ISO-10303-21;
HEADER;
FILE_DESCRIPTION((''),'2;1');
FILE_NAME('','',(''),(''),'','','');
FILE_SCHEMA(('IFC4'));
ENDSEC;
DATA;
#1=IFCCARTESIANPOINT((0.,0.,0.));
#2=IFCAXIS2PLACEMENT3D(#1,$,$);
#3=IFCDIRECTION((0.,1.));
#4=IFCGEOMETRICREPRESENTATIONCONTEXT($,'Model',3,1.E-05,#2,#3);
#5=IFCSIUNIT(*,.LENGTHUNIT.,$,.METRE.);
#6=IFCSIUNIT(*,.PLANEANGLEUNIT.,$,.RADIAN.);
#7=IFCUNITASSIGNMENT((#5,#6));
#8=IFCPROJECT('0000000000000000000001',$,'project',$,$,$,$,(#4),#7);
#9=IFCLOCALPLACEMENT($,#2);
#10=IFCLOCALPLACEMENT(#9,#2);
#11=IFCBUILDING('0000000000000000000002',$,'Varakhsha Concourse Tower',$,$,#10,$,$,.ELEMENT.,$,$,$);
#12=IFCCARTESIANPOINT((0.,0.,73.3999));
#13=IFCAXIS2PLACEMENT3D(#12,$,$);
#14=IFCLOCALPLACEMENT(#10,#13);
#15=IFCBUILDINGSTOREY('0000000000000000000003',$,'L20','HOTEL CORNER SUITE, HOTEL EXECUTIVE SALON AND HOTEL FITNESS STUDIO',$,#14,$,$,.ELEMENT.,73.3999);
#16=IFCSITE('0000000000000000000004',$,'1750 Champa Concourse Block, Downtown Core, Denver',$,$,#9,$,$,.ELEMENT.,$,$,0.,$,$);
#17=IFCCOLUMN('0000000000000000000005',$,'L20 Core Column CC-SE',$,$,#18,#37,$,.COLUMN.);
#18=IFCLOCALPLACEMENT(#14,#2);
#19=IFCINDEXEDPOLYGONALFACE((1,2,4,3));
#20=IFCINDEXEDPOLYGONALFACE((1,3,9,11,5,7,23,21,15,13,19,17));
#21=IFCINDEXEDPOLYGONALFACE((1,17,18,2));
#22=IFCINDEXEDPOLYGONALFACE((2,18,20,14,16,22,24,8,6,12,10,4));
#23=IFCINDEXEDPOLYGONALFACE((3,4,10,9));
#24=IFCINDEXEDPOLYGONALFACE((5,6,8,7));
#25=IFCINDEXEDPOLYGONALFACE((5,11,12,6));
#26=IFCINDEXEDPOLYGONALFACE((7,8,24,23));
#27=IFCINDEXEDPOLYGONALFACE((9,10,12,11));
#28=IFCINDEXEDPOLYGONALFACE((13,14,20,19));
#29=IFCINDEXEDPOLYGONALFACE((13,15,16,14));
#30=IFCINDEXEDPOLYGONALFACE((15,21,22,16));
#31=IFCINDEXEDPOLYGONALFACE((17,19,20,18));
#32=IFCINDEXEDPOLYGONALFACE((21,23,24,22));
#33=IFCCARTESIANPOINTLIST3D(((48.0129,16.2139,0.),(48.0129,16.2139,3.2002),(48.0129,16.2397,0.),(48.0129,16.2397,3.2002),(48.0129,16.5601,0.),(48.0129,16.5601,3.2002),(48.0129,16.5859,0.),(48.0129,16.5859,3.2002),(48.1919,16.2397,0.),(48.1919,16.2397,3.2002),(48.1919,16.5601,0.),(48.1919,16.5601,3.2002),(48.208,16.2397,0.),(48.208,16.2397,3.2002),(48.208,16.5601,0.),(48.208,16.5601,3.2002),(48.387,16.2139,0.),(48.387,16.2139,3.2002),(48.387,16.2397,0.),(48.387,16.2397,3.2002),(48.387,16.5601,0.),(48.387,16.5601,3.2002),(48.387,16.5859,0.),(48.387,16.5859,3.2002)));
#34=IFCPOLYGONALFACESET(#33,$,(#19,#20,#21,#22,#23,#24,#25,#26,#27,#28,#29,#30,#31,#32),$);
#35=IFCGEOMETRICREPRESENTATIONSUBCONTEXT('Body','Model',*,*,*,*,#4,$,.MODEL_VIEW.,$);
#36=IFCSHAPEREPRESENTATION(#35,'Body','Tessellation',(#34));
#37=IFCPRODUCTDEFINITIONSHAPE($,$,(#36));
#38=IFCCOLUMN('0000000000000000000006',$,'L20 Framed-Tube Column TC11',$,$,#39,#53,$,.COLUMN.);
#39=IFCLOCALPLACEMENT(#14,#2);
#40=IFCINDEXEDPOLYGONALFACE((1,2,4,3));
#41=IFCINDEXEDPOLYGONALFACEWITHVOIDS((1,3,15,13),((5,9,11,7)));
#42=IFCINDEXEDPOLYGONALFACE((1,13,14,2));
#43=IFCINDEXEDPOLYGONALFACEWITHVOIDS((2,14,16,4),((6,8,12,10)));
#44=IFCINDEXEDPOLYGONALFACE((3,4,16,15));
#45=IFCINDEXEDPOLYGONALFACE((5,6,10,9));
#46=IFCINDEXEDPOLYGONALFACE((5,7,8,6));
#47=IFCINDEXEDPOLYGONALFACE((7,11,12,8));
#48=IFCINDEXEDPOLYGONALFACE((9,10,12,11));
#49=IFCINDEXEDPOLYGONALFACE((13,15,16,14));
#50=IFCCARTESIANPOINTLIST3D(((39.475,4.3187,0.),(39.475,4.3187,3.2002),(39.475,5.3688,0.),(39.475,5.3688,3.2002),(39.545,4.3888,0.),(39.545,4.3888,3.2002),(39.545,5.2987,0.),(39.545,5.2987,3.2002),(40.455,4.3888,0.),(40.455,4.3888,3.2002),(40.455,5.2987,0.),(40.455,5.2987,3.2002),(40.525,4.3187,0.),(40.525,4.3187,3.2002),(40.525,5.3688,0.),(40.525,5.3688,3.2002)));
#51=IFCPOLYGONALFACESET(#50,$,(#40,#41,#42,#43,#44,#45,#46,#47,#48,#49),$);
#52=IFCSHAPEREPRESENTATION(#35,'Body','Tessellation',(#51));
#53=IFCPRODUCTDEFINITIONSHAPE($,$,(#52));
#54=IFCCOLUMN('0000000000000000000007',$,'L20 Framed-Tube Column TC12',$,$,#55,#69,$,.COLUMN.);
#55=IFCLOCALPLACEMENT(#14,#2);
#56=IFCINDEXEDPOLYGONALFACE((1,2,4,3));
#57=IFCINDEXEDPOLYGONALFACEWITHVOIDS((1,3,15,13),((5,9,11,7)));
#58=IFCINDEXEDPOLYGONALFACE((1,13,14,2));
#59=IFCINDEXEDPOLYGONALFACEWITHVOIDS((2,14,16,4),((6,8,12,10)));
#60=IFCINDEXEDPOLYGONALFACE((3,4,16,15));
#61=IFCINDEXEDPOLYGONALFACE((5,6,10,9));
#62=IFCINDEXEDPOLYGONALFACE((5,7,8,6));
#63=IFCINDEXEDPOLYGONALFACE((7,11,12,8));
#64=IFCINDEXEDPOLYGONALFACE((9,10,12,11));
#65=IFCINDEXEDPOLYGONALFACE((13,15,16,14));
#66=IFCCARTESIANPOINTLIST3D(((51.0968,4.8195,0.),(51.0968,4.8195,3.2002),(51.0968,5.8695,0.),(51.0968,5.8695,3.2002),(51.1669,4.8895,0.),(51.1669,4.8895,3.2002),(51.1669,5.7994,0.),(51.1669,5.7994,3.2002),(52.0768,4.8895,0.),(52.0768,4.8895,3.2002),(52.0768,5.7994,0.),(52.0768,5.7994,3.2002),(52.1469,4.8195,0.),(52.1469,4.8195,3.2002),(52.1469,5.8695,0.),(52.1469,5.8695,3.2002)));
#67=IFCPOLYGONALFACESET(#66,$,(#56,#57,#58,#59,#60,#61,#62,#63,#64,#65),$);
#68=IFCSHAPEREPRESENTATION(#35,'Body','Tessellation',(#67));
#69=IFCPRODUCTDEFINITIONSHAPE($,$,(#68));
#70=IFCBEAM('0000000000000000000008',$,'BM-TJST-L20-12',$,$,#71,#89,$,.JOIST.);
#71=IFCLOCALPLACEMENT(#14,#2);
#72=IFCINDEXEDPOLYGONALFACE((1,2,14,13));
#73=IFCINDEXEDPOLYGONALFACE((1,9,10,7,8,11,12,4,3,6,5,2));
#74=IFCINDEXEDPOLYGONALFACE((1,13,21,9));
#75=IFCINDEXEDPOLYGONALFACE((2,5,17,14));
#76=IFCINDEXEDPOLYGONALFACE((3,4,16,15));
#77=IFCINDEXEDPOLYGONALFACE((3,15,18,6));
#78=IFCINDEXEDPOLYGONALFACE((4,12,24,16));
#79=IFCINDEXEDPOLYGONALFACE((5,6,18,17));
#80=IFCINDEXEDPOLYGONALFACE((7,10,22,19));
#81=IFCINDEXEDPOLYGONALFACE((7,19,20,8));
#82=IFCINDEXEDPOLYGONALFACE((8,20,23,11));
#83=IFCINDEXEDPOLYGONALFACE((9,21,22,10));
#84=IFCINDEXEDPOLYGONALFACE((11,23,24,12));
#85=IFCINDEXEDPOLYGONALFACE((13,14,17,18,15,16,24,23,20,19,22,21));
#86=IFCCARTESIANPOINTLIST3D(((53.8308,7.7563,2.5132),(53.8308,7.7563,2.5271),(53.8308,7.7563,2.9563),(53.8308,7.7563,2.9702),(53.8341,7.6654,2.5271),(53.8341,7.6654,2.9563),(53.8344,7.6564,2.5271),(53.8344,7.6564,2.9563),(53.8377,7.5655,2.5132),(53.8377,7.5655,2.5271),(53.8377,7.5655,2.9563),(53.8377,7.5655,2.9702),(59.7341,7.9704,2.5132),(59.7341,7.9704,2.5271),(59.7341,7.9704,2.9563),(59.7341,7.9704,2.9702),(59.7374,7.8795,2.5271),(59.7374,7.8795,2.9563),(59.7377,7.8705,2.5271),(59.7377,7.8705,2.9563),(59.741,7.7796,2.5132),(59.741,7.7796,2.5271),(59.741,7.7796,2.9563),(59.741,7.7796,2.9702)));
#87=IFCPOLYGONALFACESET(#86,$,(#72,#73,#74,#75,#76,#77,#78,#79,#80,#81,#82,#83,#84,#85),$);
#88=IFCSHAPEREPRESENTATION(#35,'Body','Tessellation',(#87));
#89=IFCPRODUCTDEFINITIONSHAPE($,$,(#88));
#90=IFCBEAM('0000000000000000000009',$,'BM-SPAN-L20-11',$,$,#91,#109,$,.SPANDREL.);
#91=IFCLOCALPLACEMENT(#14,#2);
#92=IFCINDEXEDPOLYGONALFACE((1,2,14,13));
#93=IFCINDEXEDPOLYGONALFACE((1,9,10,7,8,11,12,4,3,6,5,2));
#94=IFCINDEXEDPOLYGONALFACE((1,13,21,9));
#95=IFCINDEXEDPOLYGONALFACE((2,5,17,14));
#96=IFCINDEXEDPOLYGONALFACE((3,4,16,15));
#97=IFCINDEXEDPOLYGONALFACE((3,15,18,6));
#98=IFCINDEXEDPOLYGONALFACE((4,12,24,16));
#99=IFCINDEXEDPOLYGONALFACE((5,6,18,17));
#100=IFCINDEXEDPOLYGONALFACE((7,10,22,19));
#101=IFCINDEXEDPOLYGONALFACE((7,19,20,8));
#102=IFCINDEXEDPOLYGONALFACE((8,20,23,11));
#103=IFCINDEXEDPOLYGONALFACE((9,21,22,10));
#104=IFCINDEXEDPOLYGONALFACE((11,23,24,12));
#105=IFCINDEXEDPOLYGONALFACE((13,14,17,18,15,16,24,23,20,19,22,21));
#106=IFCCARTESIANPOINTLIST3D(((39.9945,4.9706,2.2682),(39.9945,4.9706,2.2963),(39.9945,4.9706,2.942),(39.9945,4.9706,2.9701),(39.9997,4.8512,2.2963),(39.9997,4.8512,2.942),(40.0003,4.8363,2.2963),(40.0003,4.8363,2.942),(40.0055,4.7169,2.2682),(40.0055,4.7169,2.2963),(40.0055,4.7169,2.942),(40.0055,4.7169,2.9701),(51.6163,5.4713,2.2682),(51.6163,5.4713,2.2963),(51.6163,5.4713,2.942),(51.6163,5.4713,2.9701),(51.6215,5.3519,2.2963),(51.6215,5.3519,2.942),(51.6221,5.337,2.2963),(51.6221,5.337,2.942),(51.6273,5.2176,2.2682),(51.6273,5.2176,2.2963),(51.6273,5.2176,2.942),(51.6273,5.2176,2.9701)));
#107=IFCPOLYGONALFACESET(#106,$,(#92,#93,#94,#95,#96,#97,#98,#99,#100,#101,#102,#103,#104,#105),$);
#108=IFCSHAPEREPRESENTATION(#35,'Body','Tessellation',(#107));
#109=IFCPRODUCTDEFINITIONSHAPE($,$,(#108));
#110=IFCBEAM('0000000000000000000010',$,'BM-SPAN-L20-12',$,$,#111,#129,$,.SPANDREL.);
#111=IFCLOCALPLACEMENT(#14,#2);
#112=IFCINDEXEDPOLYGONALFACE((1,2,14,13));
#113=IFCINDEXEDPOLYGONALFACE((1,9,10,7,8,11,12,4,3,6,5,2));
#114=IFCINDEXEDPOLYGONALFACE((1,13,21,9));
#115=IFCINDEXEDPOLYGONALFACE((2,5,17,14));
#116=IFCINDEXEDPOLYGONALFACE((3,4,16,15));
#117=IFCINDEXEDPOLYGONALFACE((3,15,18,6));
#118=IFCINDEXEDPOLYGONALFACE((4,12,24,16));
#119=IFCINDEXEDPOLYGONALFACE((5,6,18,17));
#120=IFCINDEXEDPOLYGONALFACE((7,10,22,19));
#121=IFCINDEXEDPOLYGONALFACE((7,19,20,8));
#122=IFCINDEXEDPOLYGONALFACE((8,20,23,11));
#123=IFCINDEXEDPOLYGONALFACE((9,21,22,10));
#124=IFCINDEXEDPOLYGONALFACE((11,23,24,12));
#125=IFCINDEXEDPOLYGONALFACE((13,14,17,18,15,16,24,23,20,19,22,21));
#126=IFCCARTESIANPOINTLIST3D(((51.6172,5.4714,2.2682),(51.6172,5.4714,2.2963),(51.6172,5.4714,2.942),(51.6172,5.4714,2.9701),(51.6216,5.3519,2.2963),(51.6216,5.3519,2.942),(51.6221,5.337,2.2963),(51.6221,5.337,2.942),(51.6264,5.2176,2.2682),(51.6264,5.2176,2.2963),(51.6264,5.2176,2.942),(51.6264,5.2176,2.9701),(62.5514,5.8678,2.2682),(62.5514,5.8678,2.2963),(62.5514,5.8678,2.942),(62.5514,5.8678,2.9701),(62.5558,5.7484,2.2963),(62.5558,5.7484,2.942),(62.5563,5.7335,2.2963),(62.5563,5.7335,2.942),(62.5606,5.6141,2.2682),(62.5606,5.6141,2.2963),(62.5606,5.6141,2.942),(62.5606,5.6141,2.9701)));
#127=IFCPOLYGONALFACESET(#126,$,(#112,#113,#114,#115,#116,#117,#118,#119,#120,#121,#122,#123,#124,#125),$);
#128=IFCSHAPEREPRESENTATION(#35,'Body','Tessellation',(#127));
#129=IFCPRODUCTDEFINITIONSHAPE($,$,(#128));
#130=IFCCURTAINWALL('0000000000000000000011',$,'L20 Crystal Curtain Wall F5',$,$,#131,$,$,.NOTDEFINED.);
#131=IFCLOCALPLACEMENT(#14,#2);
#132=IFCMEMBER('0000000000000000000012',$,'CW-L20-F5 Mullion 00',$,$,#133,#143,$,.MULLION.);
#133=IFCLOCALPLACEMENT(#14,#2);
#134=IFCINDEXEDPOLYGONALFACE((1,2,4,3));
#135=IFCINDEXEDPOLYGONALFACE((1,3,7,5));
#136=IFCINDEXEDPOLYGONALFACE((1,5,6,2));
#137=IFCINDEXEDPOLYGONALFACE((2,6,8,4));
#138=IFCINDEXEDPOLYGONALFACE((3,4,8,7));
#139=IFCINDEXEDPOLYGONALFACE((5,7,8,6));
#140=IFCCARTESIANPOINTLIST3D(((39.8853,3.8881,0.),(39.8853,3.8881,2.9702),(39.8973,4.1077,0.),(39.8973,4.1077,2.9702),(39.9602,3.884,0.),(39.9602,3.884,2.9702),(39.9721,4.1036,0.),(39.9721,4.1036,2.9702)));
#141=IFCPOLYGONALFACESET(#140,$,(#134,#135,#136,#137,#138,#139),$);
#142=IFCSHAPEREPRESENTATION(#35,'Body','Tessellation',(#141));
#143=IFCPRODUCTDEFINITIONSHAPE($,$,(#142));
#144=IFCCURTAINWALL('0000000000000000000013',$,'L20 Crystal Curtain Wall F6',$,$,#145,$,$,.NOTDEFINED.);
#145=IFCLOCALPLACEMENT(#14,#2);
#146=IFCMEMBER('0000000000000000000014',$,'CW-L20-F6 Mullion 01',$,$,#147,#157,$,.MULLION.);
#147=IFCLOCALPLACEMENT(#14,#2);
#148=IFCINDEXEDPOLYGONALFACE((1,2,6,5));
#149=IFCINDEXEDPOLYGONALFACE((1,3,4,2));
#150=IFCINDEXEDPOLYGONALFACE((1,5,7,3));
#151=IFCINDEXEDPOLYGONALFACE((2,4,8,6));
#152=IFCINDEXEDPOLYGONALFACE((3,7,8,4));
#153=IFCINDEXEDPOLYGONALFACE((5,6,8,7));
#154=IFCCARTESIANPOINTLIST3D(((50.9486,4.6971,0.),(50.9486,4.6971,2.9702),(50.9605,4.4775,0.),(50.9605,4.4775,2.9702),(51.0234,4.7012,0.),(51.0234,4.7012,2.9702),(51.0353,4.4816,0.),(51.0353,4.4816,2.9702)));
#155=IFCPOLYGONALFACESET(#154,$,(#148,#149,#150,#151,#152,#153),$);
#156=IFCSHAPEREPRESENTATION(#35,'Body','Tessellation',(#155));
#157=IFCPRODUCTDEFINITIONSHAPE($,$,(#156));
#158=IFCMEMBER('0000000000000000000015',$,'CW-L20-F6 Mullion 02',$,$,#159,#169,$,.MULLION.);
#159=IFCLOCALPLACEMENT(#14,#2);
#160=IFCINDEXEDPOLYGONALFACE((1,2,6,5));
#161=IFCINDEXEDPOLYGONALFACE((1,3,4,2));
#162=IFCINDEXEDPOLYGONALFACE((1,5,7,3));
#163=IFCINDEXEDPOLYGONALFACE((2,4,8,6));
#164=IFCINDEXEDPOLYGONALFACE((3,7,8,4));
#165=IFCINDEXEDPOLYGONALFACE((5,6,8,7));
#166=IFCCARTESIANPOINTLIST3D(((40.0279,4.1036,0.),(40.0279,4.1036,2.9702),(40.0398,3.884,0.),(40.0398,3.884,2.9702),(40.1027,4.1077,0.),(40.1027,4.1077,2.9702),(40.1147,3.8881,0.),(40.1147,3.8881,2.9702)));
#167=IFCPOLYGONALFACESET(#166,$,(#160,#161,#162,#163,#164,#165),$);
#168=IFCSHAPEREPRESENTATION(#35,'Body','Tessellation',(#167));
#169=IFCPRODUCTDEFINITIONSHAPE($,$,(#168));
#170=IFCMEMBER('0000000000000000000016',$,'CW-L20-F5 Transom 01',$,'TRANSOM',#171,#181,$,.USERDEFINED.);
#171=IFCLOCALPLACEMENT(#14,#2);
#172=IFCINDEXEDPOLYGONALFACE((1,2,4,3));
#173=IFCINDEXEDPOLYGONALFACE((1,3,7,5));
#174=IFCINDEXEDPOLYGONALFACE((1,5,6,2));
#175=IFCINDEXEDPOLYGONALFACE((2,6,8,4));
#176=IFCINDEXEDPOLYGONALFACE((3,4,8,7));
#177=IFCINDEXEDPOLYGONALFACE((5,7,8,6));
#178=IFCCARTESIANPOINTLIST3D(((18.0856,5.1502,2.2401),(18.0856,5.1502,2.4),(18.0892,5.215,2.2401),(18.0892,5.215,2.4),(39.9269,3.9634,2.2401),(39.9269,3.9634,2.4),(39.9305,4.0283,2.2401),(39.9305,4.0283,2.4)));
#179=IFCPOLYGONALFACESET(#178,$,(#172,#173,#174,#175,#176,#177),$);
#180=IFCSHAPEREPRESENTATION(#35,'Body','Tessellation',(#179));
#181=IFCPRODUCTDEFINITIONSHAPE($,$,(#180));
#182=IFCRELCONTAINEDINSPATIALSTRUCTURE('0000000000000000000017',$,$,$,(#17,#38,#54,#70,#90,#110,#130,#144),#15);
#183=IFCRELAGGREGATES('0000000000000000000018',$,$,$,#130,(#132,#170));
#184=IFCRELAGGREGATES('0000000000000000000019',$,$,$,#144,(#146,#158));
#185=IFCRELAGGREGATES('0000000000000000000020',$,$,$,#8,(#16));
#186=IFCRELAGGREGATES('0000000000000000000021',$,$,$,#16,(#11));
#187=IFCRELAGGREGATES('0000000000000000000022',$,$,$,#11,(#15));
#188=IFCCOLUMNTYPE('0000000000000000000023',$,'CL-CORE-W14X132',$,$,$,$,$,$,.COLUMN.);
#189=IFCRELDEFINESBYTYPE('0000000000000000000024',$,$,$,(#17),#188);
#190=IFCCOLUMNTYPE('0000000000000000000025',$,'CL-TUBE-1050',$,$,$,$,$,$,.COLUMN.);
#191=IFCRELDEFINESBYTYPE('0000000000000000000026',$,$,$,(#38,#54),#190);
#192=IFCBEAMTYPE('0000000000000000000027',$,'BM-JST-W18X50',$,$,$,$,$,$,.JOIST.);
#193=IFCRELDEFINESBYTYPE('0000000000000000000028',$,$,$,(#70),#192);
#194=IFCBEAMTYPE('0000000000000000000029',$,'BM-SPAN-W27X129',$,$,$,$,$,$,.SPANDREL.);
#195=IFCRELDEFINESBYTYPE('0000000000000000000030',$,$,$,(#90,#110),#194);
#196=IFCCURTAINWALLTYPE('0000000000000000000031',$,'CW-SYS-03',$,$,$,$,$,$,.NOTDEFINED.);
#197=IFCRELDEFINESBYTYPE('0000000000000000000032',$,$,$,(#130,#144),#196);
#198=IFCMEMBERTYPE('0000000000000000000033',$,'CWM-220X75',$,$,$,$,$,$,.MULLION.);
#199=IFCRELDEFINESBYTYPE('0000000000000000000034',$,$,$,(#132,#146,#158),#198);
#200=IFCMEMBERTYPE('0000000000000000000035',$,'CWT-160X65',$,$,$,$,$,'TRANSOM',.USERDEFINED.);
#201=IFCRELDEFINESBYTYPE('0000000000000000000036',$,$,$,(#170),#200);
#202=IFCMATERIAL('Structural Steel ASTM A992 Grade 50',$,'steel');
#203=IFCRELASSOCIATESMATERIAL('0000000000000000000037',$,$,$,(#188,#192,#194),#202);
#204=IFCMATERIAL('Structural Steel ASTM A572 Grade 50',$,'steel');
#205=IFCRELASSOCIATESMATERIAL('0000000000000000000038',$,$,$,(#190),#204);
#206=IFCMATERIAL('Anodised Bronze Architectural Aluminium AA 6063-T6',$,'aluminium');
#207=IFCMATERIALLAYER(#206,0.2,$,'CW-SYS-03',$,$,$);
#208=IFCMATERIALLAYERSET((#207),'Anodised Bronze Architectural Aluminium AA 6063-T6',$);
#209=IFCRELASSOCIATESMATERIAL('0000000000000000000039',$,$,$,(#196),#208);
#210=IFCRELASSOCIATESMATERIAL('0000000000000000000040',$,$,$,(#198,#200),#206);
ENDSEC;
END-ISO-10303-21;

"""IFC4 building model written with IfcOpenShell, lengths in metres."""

from ifc_helpers import new_model, si_unit, direction, frame, origin, origin_2d, place, context, subcontext, project, spatial, rectangle, hollow_rectangle, i_section, extrude, source, transform, mapped, material, layer, layer_set, material_profile, profile_set, type_object, type_shapes, element, aggregate, save


model = new_model("IFC4")

# Units and contexts
model_context = context("Model", 3, precision=1e-05, world=origin(), true_north=direction((0.0, 1.0)))
body_context = subcontext(model_context, "Body", "Model", "MODEL_VIEW")
ifc_project = project(units=[si_unit("LENGTHUNIT", "METRE"), si_unit("PLANEANGLEUNIT", "RADIAN")], contexts=[model_context])

# Site, building, storey
site_placement = place(None, origin())
site = spatial("IfcSite", under=ifc_project, at=site_placement, Name="1750 Champa Concourse Block, Downtown Core, Denver", CompositionType="ELEMENT", RefElevation=0.0)
building_placement = place(site_placement, origin())
building = spatial("IfcBuilding", under=site, at=building_placement, Name="Varakhsha Concourse Tower", CompositionType="ELEMENT")
storey_placement = place(building_placement, frame((0.0, 0.0, 73.3999)))
storey = spatial("IfcBuildingStorey", under=building, at=storey_placement, Name="L20", Description="HOTEL CORNER SUITE, HOTEL EXECUTIVE SALON AND HOTEL FITNESS STUDIO", CompositionType="ELEMENT", Elevation=73.3999)

# Columns
ifc_material_1 = material(Name="Structural Steel ASTM A992 Grade 50", Category="steel")
ifc_material_profile_1 = material_profile(ifc_material_1, i_section(OverallWidth=0.374, OverallDepth=0.3721, WebThickness=0.0161, FlangeThickness=0.0259, at=origin_2d()), Name="W14X132")
ifc_profile_set_1 = profile_set([ifc_material_profile_1], Name="Structural Steel ASTM A992 Grade 50")
column_type_1 = type_object("IfcColumnType", Name="CL-CORE-W14X132", PredefinedType="COLUMN", material=ifc_profile_set_1)
column_placement = place(storey_placement, frame((48.2, 16.3999, 0.0), z_axis=(0.0, 0.0, 1.0), x_axis=(1.0, 0.0, 0.0)))
element("IfcColumn", 1, at=column_placement, inside=storey, type_object=column_type_1, Name="L20 Core Column CC-SE", PredefinedType="COLUMN", context=body_context, shape_type="SweptSolid", body=[
    extrude(i_section(OverallWidth=0.374, OverallDepth=0.3721, WebThickness=0.0161, FlangeThickness=0.0259, at=origin_2d()), origin(), (0.0, 0.0, 1.0), 3.2002),
])
ifc_material_2 = material(Name="Structural Steel ASTM A572 Grade 50", Category="steel")
ifc_material_profile_2 = material_profile(ifc_material_2, hollow_rectangle(XDim=1.05, YDim=1.05, WallThickness=0.0701, at=origin_2d()), Name="BOX 1050x1050x70")
ifc_profile_set_2 = profile_set([ifc_material_profile_2], Name="Structural Steel ASTM A572 Grade 50")
column_type_2 = type_object("IfcColumnType", Name="CL-TUBE-1050", PredefinedType="COLUMN", material=ifc_profile_set_2)
for number, where, z_axis, x_axis, name in (
    (2, (40.0, 4.8438, 0.0), (0.0, 0.0, 1.0), (1.0, 0.0, 0.0), "L20 Framed-Tube Column TC11"),
    (3, (51.6218, 5.3445, 0.0), (0.0, 0.0, 1.0), (1.0, 0.0, 0.0), "L20 Framed-Tube Column TC12"),
):
    element("IfcColumn", number, at=place(storey_placement, frame(where, z_axis=z_axis, x_axis=x_axis)), inside=storey, type_object=column_type_2, Name=name, PredefinedType="COLUMN", context=body_context, shape_type="SweptSolid", body=[
        extrude(hollow_rectangle(XDim=1.05, YDim=1.05, WallThickness=0.0701, at=origin_2d()), origin(), (0.0, 0.0, 1.0), 3.2002),
    ])

# Beams
ifc_material_profile_3 = material_profile(ifc_material_1, i_section(OverallWidth=0.1909, OverallDepth=0.457, WebThickness=0.009, FlangeThickness=0.0139, at=origin_2d()), Name="W18X50")
ifc_profile_set_3 = profile_set([ifc_material_profile_3], Name="Structural Steel ASTM A992 Grade 50")
beam_type_1 = type_object("IfcBeamType", Name="BM-JST-W18X50", PredefinedType="JOIST", material=ifc_profile_set_3)
beam_1_placement = place(storey_placement, frame((53.8342, 7.6609, 2.7417), z_axis=(0.999343, 0.036246, 0.0), x_axis=(-0.036246, 0.999343, 0.0)))
element("IfcBeam", 4, at=beam_1_placement, inside=storey, type_object=beam_type_1, Name="BM-TJST-L20-12", PredefinedType="JOIST", context=body_context, shape_type="SweptSolid", body=[
    extrude(i_section(OverallWidth=0.1909, OverallDepth=0.457, WebThickness=0.009, FlangeThickness=0.0139, at=origin_2d()), origin(), (0.0, 0.0, 1.0), 5.9072),
])
ifc_material_profile_4 = material_profile(ifc_material_1, i_section(OverallWidth=0.2539, OverallDepth=0.7019, WebThickness=0.0149, FlangeThickness=0.0281, at=origin_2d()), Name="W27X129")
ifc_profile_set_4 = profile_set([ifc_material_profile_4], Name="Structural Steel ASTM A992 Grade 50")
beam_type_2 = type_object("IfcBeamType", Name="BM-SPAN-W27X129", PredefinedType="SPANDREL", material=ifc_profile_set_4)
beam_2_placement = place(storey_placement, frame((40.0, 4.8438, 2.6191), z_axis=(0.999073, 0.043046, 0.0), x_axis=(-0.043046, 0.999073, 0.0)))
element("IfcBeam", 5, at=beam_2_placement, inside=storey, type_object=beam_type_2, Name="BM-SPAN-L20-11", PredefinedType="SPANDREL", context=body_context, shape_type="SweptSolid", body=[
    extrude(i_section(OverallWidth=0.2539, OverallDepth=0.7019, WebThickness=0.0149, FlangeThickness=0.0281, at=origin_2d()), origin(), (0.0, 0.0, 1.0), 11.6326),
])
beam_3_placement = place(storey_placement, frame((51.6218, 5.3445, 2.6191), z_axis=(0.999343, 0.036237, 0.0), x_axis=(-0.036237, 0.999343, 0.0)))
element("IfcBeam", 6, at=beam_3_placement, inside=storey, type_object=beam_type_2, Name="BM-SPAN-L20-12", PredefinedType="SPANDREL", context=body_context, shape_type="SweptSolid", body=[
    extrude(i_section(OverallWidth=0.2539, OverallDepth=0.7019, WebThickness=0.0149, FlangeThickness=0.0281, at=origin_2d()), origin(), (0.0, 0.0, 1.0), 10.9414),
])

# Curtain wall, member
ifc_material_3 = material(Name="Anodised Bronze Architectural Aluminium AA 6063-T6", Category="aluminium")
ifc_layer_1 = layer(ifc_material_3, 0.2, Name="CW-SYS-03")
ifc_layer_set_1 = layer_set([ifc_layer_1], Name="Anodised Bronze Architectural Aluminium AA 6063-T6")
curtain_wall_type = type_object("IfcCurtainWallType", Name="CW-SYS-03", PredefinedType="NOTDEFINED", material=ifc_layer_set_1)
curtain_wall_1_placement = place(storey_placement, origin())
curtain_wall_1 = element("IfcCurtainWall", 7, at=curtain_wall_1_placement, inside=storey, type_object=curtain_wall_type, Name="L20 Crystal Curtain Wall F5", PredefinedType="NOTDEFINED")
ifc_material_profile_5 = material_profile(ifc_material_3, rectangle(XDim=0.075, YDim=0.22, at=origin_2d()), Name="CWM-220X75")
ifc_profile_set_5 = profile_set([ifc_material_profile_5], Name="Anodised Bronze Architectural Aluminium AA 6063-T6")
member_type_1 = type_object("IfcMemberType", Name="CWM-220X75", PredefinedType="MULLION", material=ifc_profile_set_5)
shared_shape_1 = source(origin(), body_context, "Body", "SweptSolid", [
    extrude(rectangle(XDim=0.075, YDim=0.22, at=origin_2d()), origin(), (0.0, 0.0, 1.0), 2.9702),
])
type_shapes(member_type_1, [shared_shape_1])
member_1_placement = place(storey_placement, frame((39.9287, 3.9958, 0.0), z_axis=(0.0, 0.0, 1.0), x_axis=(-0.998527, 0.054257, 0.0)))
member_1 = element("IfcMember", 8, at=member_1_placement, type_object=member_type_1, Name="CW-L20-F5 Mullion 00", PredefinedType="MULLION", context=body_context, shape_type="MappedRepresentation", body=[
    mapped(shared_shape_1, transform((0.0, 0.0, 0.0), scale=1.0)),
])

# Curtain wall, members
curtain_wall_2_placement = place(storey_placement, origin())
curtain_wall_2 = element("IfcCurtainWall", 9, at=curtain_wall_2_placement, inside=storey, type_object=curtain_wall_type, Name="L20 Crystal Curtain Wall F6", PredefinedType="NOTDEFINED")
member_2_placement = place(storey_placement, frame((50.9919, 4.5894, 0.0), z_axis=(0.0, 0.0, 1.0), x_axis=(-0.998527, -0.054257, 0.0)))
member_2 = element("IfcMember", 10, at=member_2_placement, type_object=member_type_1, Name="CW-L20-F6 Mullion 01", PredefinedType="MULLION", context=body_context, shape_type="MappedRepresentation", body=[
    mapped(shared_shape_1, transform((0.0, 0.0, 0.0), scale=1.0)),
])
member_3_placement = place(storey_placement, frame((40.0713, 3.9958, 0.0), z_axis=(0.0, 0.0, 1.0), x_axis=(-0.998527, -0.054257, 0.0)))
member_3 = element("IfcMember", 11, at=member_3_placement, type_object=member_type_1, Name="CW-L20-F6 Mullion 02", PredefinedType="MULLION", context=body_context, shape_type="MappedRepresentation", body=[
    mapped(shared_shape_1, transform((0.0, 0.0, 0.0), scale=1.0)),
])

# Member
ifc_material_profile_6 = material_profile(ifc_material_3, rectangle(XDim=0.0649, YDim=0.1599, at=origin_2d()), Name="CWT-160X65")
ifc_profile_set_6 = profile_set([ifc_material_profile_6], Name="Anodised Bronze Architectural Aluminium AA 6063-T6")
member_type_2 = type_object("IfcMemberType", Name="CWT-160X65", ElementType="TRANSOM", PredefinedType="USERDEFINED", material=ifc_profile_set_6)
shared_shape_2 = source(origin(), body_context, "Body", "SweptSolid", [
    extrude(rectangle(XDim=0.0649, YDim=0.1599, at=origin_2d()), origin(), (0.0, 0.0, 1.0), 21.8735),
])
type_shapes(member_type_2, [shared_shape_2])
member_4_placement = place(storey_placement, frame((39.9287, 3.9958, 2.3201), z_axis=(-0.998527, 0.054256, 0.0), x_axis=(-0.054256, -0.998527, 0.0)))
member_4 = element("IfcMember", 12, at=member_4_placement, type_object=member_type_2, Name="CW-L20-F5 Transom 01", ObjectType="TRANSOM", PredefinedType="USERDEFINED", context=body_context, shape_type="MappedRepresentation", body=[
    mapped(shared_shape_2, transform((0.0, 0.0, 0.0), scale=1.0)),
])
aggregate(curtain_wall_1, [member_1, member_4])

aggregate(curtain_wall_2, [member_2, member_3])

save(model, "model.ifc")
